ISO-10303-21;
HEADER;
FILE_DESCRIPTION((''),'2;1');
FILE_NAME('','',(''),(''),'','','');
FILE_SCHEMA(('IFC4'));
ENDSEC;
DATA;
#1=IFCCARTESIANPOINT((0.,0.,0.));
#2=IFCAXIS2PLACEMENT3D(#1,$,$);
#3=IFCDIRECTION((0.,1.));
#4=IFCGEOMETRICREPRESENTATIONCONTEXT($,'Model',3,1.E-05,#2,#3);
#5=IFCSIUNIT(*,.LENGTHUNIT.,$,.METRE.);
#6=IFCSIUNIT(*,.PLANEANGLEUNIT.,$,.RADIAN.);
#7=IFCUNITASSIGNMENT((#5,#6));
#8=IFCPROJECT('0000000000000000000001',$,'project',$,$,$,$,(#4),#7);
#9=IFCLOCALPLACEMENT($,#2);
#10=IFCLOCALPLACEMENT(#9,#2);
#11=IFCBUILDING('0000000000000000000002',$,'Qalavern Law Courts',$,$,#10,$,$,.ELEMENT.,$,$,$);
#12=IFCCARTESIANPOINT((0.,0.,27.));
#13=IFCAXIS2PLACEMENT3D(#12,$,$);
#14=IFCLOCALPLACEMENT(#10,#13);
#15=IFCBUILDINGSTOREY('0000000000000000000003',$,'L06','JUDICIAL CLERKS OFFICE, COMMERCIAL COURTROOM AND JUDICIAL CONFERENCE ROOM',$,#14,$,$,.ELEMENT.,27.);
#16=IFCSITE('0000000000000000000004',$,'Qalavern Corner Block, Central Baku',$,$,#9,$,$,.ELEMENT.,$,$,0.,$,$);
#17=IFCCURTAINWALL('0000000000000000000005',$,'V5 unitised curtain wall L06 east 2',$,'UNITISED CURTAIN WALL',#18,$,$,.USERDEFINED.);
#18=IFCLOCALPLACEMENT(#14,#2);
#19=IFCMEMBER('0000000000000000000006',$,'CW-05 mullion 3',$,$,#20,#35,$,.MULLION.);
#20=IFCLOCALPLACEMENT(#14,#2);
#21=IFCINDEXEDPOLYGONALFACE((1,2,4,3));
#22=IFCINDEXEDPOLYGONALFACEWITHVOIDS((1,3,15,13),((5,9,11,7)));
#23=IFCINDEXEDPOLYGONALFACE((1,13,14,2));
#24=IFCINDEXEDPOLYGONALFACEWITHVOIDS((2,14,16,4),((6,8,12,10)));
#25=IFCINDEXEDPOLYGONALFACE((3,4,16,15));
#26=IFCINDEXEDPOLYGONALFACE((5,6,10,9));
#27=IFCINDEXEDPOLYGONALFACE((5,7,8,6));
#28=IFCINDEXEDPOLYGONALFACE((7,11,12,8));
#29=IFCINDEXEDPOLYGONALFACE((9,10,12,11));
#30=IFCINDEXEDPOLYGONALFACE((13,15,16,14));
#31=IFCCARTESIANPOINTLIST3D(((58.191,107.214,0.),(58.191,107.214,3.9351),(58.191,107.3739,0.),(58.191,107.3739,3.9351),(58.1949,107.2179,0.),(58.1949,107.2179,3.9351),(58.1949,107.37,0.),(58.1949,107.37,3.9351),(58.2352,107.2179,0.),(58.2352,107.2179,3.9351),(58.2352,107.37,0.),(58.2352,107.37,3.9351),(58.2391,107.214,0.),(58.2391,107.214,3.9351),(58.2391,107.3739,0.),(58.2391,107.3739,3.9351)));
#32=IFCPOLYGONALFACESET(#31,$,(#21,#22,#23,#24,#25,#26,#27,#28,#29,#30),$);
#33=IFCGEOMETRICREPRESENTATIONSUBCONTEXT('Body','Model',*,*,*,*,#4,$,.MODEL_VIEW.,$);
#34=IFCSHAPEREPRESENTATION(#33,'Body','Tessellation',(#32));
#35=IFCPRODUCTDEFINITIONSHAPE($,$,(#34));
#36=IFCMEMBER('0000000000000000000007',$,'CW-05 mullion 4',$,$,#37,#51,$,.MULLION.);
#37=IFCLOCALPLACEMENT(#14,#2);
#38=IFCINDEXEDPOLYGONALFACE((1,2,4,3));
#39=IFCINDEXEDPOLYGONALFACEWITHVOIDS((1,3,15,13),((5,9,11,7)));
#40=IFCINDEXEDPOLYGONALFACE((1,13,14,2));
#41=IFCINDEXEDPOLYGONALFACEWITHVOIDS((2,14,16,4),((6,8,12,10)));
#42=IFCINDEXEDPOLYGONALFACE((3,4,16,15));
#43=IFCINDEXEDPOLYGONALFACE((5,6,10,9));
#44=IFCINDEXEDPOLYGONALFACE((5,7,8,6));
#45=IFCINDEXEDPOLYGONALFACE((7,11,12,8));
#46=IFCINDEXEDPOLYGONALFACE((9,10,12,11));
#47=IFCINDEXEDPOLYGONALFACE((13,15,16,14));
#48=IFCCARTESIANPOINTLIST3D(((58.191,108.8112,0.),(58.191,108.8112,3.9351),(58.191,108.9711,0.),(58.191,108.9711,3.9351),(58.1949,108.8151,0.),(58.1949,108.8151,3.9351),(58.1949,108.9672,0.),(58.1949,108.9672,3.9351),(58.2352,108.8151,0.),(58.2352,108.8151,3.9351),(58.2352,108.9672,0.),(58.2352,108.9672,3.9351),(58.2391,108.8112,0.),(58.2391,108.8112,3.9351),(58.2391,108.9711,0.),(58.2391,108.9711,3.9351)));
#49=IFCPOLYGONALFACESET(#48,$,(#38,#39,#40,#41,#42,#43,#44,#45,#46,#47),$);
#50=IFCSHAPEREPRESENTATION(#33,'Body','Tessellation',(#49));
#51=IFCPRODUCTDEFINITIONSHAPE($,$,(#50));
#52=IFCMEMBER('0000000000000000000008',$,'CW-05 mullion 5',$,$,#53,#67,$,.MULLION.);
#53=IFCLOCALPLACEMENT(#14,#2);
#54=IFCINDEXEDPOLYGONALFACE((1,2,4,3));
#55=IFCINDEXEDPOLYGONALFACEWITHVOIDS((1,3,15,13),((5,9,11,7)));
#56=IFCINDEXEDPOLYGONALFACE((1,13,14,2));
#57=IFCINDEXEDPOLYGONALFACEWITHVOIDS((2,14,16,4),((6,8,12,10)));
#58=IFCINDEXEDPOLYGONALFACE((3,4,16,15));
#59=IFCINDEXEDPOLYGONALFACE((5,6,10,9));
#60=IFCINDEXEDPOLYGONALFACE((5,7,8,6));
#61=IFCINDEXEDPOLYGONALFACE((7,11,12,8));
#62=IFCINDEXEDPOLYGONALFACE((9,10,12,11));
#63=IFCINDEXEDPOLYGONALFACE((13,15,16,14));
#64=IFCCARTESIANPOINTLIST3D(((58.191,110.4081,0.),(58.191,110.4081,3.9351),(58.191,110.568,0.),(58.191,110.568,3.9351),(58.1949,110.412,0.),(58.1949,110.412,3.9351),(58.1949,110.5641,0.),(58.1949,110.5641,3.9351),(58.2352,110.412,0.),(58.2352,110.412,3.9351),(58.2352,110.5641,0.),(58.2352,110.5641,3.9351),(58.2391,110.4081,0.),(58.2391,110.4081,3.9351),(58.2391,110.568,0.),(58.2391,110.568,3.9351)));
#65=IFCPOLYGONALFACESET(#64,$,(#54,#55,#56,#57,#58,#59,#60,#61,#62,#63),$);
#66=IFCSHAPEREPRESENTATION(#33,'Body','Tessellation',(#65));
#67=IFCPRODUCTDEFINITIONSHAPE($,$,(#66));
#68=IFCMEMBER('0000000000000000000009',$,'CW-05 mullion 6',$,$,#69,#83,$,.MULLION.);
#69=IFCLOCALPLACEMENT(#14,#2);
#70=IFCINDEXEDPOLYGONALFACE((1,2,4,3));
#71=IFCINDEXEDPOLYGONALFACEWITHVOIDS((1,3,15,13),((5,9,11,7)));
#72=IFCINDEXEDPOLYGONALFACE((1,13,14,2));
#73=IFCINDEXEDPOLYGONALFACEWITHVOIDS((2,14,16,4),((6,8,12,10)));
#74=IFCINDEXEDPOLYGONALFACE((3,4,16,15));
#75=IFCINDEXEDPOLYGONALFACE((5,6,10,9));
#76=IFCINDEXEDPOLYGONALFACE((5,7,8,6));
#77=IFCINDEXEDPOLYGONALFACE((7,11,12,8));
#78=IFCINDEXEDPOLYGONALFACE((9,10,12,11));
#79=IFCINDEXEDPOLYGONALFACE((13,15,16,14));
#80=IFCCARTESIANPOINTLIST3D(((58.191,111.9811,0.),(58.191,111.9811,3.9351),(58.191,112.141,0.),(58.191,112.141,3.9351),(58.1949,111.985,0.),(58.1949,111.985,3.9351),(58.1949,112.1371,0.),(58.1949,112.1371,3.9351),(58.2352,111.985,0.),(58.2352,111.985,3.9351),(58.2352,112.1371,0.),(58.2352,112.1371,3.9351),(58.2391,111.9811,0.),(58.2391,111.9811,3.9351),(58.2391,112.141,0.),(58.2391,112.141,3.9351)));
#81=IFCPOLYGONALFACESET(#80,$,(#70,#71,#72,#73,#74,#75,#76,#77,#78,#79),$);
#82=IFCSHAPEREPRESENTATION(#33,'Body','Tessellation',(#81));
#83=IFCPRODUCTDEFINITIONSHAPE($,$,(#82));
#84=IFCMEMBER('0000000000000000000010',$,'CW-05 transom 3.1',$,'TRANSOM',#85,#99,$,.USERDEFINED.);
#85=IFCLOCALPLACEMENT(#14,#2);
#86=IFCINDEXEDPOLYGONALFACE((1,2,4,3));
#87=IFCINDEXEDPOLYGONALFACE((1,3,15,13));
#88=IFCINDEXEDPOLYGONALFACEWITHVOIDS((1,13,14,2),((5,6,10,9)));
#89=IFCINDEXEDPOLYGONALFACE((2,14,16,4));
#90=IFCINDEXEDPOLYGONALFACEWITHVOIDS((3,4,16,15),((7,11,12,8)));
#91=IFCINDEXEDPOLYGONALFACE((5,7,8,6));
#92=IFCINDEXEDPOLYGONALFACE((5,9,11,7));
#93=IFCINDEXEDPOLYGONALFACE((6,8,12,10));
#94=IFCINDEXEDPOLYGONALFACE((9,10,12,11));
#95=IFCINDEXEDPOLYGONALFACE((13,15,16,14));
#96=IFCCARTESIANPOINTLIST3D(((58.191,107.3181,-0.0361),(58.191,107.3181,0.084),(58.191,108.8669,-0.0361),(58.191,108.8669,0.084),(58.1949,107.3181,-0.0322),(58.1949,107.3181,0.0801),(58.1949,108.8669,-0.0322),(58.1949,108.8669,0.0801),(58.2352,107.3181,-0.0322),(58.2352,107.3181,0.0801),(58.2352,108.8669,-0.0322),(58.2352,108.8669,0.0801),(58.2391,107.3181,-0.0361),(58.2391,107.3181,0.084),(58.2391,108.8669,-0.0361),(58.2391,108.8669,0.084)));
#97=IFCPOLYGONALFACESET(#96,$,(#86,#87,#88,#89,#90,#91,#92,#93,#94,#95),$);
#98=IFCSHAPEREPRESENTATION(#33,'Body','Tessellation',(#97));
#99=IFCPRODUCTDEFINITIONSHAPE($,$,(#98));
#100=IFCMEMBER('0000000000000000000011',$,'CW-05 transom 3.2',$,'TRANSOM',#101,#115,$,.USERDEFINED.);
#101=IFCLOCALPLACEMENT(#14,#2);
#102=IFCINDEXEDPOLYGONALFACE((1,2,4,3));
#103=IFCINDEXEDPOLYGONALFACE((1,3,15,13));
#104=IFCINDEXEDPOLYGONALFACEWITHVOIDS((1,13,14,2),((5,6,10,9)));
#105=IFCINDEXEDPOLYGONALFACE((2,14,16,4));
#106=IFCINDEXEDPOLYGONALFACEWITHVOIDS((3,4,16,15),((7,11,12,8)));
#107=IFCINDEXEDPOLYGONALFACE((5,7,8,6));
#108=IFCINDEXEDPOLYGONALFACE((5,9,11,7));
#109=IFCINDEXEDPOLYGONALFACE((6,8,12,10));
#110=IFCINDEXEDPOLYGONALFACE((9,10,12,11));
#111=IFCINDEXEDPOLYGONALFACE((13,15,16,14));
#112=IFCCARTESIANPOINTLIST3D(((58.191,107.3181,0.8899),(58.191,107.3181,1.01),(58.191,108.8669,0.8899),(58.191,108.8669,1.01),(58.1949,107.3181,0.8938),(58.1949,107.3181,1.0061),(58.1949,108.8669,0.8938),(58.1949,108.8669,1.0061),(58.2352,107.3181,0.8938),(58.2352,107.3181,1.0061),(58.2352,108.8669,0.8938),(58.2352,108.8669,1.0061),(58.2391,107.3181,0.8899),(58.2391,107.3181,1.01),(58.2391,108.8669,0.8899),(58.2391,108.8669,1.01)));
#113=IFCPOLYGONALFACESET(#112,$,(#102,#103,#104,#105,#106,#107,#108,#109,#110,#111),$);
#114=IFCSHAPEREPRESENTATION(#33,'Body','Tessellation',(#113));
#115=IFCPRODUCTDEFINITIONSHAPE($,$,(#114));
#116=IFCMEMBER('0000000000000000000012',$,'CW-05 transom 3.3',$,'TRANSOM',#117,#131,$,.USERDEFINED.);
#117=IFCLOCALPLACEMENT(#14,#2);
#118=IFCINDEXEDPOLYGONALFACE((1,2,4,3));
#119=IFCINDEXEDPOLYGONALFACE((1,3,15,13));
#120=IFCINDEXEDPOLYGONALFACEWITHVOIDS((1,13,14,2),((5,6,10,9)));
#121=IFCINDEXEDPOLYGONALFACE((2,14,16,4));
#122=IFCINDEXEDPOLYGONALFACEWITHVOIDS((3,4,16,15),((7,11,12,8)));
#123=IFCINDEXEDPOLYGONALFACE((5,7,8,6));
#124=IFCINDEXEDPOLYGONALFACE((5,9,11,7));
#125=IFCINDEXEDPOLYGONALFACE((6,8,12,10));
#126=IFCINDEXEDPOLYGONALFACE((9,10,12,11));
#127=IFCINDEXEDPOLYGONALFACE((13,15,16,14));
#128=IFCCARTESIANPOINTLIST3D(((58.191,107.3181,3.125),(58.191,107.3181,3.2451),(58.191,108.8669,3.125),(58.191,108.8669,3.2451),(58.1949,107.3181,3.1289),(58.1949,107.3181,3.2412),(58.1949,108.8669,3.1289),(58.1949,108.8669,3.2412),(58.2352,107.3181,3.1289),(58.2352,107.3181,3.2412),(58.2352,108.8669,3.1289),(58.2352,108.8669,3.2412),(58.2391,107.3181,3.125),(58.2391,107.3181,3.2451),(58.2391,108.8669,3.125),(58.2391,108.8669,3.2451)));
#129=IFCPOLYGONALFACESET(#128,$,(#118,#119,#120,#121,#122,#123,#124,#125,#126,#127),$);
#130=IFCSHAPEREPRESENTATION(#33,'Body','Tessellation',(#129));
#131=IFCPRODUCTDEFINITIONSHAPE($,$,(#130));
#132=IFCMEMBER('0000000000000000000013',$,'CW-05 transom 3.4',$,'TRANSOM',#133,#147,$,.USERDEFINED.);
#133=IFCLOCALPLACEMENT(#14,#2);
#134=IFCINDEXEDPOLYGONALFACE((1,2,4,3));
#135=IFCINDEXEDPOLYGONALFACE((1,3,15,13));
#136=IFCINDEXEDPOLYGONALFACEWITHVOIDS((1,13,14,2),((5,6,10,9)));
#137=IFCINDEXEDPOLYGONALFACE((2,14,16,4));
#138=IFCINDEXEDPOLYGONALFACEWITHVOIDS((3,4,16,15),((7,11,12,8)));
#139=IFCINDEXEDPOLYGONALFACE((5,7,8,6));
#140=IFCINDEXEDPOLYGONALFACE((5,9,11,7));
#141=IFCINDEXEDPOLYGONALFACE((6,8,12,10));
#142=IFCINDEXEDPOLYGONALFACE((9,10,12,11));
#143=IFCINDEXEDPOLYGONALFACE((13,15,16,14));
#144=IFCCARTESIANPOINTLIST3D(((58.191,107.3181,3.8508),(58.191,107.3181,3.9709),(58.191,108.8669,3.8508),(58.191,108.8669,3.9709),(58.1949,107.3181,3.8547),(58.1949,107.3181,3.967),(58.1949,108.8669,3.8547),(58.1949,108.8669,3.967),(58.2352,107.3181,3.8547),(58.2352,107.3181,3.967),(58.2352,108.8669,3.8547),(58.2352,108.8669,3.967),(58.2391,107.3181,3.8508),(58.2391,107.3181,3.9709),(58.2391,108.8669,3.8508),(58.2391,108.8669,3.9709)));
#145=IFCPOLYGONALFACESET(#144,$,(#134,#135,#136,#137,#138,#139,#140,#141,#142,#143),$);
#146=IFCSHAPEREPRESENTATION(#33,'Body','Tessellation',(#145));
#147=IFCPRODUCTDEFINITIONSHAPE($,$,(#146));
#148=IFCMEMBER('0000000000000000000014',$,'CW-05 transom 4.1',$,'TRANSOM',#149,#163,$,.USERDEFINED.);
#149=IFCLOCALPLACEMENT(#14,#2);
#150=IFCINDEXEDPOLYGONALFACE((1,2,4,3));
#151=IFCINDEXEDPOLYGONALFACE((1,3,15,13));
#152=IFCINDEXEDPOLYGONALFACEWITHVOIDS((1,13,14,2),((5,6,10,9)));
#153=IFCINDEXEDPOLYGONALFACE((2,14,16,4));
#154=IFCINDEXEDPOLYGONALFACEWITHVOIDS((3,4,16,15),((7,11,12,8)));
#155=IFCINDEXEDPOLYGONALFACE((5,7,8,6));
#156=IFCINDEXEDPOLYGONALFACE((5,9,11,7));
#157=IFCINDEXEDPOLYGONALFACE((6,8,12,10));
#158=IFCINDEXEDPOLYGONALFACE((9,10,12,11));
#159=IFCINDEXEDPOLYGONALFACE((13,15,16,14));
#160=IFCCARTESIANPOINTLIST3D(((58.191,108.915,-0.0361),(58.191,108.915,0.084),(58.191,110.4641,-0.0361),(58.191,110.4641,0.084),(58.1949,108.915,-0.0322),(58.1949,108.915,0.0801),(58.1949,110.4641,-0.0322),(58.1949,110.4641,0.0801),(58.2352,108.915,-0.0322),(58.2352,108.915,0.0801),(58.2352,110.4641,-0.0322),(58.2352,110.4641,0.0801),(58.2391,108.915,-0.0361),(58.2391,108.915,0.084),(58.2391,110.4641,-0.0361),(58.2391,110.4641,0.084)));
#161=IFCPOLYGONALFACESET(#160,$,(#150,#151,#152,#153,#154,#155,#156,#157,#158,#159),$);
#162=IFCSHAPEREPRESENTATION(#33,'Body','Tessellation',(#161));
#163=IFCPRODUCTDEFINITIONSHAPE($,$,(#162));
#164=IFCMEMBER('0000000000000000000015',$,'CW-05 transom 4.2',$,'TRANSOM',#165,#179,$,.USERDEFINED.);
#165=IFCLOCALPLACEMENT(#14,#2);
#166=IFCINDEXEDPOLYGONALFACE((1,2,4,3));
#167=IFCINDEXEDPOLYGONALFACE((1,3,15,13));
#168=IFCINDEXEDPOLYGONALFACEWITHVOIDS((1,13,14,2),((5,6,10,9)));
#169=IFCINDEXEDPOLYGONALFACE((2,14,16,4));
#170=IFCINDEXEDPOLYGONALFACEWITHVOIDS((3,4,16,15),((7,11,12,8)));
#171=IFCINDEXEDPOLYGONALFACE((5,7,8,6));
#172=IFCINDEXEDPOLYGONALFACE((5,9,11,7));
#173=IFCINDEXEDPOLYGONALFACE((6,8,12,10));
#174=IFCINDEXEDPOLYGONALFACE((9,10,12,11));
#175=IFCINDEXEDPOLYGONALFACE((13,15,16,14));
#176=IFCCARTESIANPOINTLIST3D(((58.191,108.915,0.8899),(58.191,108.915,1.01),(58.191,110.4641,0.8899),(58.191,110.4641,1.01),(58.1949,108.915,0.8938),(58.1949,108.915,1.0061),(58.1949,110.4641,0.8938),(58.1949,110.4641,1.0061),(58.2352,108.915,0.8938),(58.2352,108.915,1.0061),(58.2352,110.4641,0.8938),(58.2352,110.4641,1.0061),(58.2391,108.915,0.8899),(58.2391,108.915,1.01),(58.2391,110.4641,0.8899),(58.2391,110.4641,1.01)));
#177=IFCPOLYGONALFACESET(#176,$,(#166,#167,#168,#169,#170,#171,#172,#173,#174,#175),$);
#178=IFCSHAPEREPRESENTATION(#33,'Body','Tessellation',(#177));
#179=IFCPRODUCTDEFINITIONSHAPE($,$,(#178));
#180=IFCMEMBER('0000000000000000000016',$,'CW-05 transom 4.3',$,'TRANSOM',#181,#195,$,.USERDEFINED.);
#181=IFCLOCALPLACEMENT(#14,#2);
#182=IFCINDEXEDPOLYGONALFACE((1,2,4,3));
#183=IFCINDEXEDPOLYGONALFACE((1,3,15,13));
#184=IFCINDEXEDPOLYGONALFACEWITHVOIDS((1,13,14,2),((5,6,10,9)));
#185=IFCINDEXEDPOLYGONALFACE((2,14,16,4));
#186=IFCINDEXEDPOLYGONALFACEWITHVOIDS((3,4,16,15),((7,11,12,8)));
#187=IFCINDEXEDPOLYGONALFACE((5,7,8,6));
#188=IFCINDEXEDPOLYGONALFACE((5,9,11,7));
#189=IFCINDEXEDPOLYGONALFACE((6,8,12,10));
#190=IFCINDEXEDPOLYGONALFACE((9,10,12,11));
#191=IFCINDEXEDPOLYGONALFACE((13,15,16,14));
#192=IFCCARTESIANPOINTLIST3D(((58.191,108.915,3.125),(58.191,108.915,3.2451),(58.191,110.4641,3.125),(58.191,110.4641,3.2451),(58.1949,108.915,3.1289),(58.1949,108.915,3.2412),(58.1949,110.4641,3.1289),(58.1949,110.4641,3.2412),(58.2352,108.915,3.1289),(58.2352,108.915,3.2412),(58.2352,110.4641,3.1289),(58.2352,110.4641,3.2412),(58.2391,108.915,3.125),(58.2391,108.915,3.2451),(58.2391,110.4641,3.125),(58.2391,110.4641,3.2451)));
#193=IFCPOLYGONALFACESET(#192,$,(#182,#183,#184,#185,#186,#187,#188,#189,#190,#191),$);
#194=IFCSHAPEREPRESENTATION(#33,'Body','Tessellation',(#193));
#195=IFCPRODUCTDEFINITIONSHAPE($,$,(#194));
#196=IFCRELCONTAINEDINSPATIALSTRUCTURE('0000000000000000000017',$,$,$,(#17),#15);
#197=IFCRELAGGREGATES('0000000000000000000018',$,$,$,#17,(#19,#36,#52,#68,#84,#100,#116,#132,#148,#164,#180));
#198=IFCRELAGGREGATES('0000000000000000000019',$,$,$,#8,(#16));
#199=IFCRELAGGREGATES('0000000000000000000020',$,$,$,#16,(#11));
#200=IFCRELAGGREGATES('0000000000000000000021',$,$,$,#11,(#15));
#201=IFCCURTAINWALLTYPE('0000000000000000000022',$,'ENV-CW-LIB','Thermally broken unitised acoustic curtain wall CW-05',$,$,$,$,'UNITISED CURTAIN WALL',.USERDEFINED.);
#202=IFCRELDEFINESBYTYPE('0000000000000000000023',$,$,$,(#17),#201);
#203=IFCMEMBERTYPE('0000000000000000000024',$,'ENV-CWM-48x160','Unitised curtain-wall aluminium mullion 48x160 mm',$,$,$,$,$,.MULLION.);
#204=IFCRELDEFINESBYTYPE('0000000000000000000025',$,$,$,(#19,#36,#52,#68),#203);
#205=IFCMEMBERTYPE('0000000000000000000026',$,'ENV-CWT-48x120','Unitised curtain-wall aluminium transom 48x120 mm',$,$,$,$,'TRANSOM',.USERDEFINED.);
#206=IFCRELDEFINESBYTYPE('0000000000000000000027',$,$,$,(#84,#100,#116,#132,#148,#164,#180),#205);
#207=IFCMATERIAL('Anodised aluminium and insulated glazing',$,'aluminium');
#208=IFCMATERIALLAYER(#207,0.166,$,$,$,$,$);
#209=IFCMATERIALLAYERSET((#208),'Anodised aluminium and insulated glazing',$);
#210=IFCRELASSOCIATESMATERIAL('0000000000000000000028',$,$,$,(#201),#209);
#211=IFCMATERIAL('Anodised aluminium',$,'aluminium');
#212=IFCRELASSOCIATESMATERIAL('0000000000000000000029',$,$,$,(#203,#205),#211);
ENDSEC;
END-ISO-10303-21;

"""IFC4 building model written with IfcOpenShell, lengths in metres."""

from ifc_helpers import new_model, si_unit, direction, frame, origin, origin_2d, place, context, subcontext, project, spatial, hollow_rectangle, extrude, material, layer, layer_set, material_profile, profile_set, type_object, element, aggregate, save


model = new_model("IFC4")

# Units and contexts
model_context = context("Model", 3, precision=1e-05, world=origin(), true_north=direction((0.0, 1.0)))
body_context = subcontext(model_context, "Body", "Model", "MODEL_VIEW")
ifc_project = project(units=[si_unit("LENGTHUNIT", "METRE"), si_unit("PLANEANGLEUNIT", "RADIAN")], contexts=[model_context])

# Site, building, storey
site_placement = place(None, origin())
site = spatial("IfcSite", under=ifc_project, at=site_placement, Name="Qalavern Corner Block, Central Baku", CompositionType="ELEMENT", RefElevation=0.0)
building_placement = place(site_placement, origin())
building = spatial("IfcBuilding", under=site, at=building_placement, Name="Qalavern Law Courts", CompositionType="ELEMENT")
storey_placement = place(building_placement, frame((0.0, 0.0, 27.0)))
storey = spatial("IfcBuildingStorey", under=building, at=storey_placement, Name="L06", Description="JUDICIAL CLERKS OFFICE, COMMERCIAL COURTROOM AND JUDICIAL CONFERENCE ROOM", CompositionType="ELEMENT", Elevation=27.0)

# Curtain wall, members
ifc_material_1 = material(Name="Anodised aluminium and insulated glazing", Category="aluminium")
ifc_layer_1 = layer(ifc_material_1, 0.166)
ifc_layer_set_1 = layer_set([ifc_layer_1], Name="Anodised aluminium and insulated glazing")
curtain_wall_type = type_object("IfcCurtainWallType", Name="ENV-CW-LIB", Description="Thermally broken unitised acoustic curtain wall CW-05", ElementType="UNITISED CURTAIN WALL", PredefinedType="USERDEFINED", material=ifc_layer_set_1)
curtain_wall_placement = place(storey_placement, origin())
curtain_wall = element("IfcCurtainWall", 1, at=curtain_wall_placement, inside=storey, type_object=curtain_wall_type, Name="V5 unitised curtain wall L06 east 2", ObjectType="UNITISED CURTAIN WALL", PredefinedType="USERDEFINED")
ifc_material_2 = material(Name="Anodised aluminium", Category="aluminium")
ifc_material_profile_1 = material_profile(ifc_material_2, hollow_rectangle(XDim=0.0481, YDim=0.1599, WallThickness=0.0039, at=origin_2d()), Name="ALU MULLION 48x160")
ifc_profile_set_1 = profile_set([ifc_material_profile_1], Name="Anodised aluminium")
member_type_1 = type_object("IfcMemberType", Name="ENV-CWM-48x160", Description="Unitised curtain-wall aluminium mullion 48x160 mm", PredefinedType="MULLION", material=ifc_profile_set_1)
member_1_placement = place(storey_placement, frame((58.2151, 107.2939, 0.0), z_axis=(0.0, 0.0, 1.0), x_axis=(-1.0, 0.0, 0.0)))
member_1 = element("IfcMember", 2, at=member_1_placement, type_object=member_type_1, Name="CW-05 mullion 3", PredefinedType="MULLION", context=body_context, shape_type="SweptSolid", body=[
    extrude(hollow_rectangle(XDim=0.0481, YDim=0.1599, WallThickness=0.0039, at=origin_2d()), origin(), (0.0, 0.0, 1.0), 3.9351),
])
member_2_placement = place(storey_placement, frame((58.2151, 108.8911, 0.0), z_axis=(0.0, 0.0, 1.0), x_axis=(-1.0, 0.0, 0.0)))
member_2 = element("IfcMember", 3, at=member_2_placement, type_object=member_type_1, Name="CW-05 mullion 4", PredefinedType="MULLION", context=body_context, shape_type="SweptSolid", body=[
    extrude(hollow_rectangle(XDim=0.0481, YDim=0.1599, WallThickness=0.0039, at=origin_2d()), origin(), (0.0, 0.0, 1.0), 3.9351),
])
member_3_placement = place(storey_placement, frame((58.2151, 110.488, 0.0), z_axis=(0.0, 0.0, 1.0), x_axis=(-1.0, 0.0, 0.0)))
member_3 = element("IfcMember", 4, at=member_3_placement, type_object=member_type_1, Name="CW-05 mullion 5", PredefinedType="MULLION", context=body_context, shape_type="SweptSolid", body=[
    extrude(hollow_rectangle(XDim=0.0481, YDim=0.1599, WallThickness=0.0039, at=origin_2d()), origin(), (0.0, 0.0, 1.0), 3.9351),
])
member_4_placement = place(storey_placement, frame((58.2151, 112.061, 0.0), z_axis=(0.0, 0.0, 1.0), x_axis=(-1.0, 0.0, 0.0)))
member_4 = element("IfcMember", 5, at=member_4_placement, type_object=member_type_1, Name="CW-05 mullion 6", PredefinedType="MULLION", context=body_context, shape_type="SweptSolid", body=[
    extrude(hollow_rectangle(XDim=0.0481, YDim=0.1599, WallThickness=0.0039, at=origin_2d()), origin(), (0.0, 0.0, 1.0), 3.9351),
])
ifc_material_profile_2 = material_profile(ifc_material_2, hollow_rectangle(XDim=0.0481, YDim=0.1201, WallThickness=0.0039, at=origin_2d()), Name="ALU TRANSOM 48x120")
ifc_profile_set_2 = profile_set([ifc_material_profile_2], Name="Anodised aluminium")
member_type_2 = type_object("IfcMemberType", Name="ENV-CWT-48x120", Description="Unitised curtain-wall aluminium transom 48x120 mm", ElementType="TRANSOM", PredefinedType="USERDEFINED", material=ifc_profile_set_2)
member_5_placement = place(storey_placement, frame((58.2151, 107.3181, 0.0239), z_axis=(0.0, 1.0, 0.0), x_axis=(-1.0, 0.0, 0.0)))
member_5 = element("IfcMember", 6, at=member_5_placement, type_object=member_type_2, Name="CW-05 transom 3.1", ObjectType="TRANSOM", PredefinedType="USERDEFINED", context=body_context, shape_type="SweptSolid", body=[
    extrude(hollow_rectangle(XDim=0.0481, YDim=0.1201, WallThickness=0.0039, at=origin_2d()), origin(), (0.0, 0.0, 1.0), 1.5488),
])
member_6_placement = place(storey_placement, frame((58.2151, 107.3181, 0.95), z_axis=(0.0, 1.0, 0.0), x_axis=(-1.0, 0.0, 0.0)))
member_6 = element("IfcMember", 7, at=member_6_placement, type_object=member_type_2, Name="CW-05 transom 3.2", ObjectType="TRANSOM", PredefinedType="USERDEFINED", context=body_context, shape_type="SweptSolid", body=[
    extrude(hollow_rectangle(XDim=0.0481, YDim=0.1201, WallThickness=0.0039, at=origin_2d()), origin(), (0.0, 0.0, 1.0), 1.5488),
])
member_7_placement = place(storey_placement, frame((58.2151, 107.3181, 3.1851), z_axis=(0.0, 1.0, 0.0), x_axis=(-1.0, 0.0, 0.0)))
member_7 = element("IfcMember", 8, at=member_7_placement, type_object=member_type_2, Name="CW-05 transom 3.3", ObjectType="TRANSOM", PredefinedType="USERDEFINED", context=body_context, shape_type="SweptSolid", body=[
    extrude(hollow_rectangle(XDim=0.0481, YDim=0.1201, WallThickness=0.0039, at=origin_2d()), origin(), (0.0, 0.0, 1.0), 1.5488),
])
member_8_placement = place(storey_placement, frame((58.2151, 107.3181, 3.9109), z_axis=(0.0, 1.0, 0.0), x_axis=(-1.0, 0.0, 0.0)))
member_8 = element("IfcMember", 9, at=member_8_placement, type_object=member_type_2, Name="CW-05 transom 3.4", ObjectType="TRANSOM", PredefinedType="USERDEFINED", context=body_context, shape_type="SweptSolid", body=[
    extrude(hollow_rectangle(XDim=0.0481, YDim=0.1201, WallThickness=0.0039, at=origin_2d()), origin(), (0.0, 0.0, 1.0), 1.5488),
])
member_9_placement = place(storey_placement, frame((58.2151, 108.915, 0.0239), z_axis=(0.0, 1.0, 0.0), x_axis=(-1.0, 0.0, 0.0)))
member_9 = element("IfcMember", 10, at=member_9_placement, type_object=member_type_2, Name="CW-05 transom 4.1", ObjectType="TRANSOM", PredefinedType="USERDEFINED", context=body_context, shape_type="SweptSolid", body=[
    extrude(hollow_rectangle(XDim=0.0481, YDim=0.1201, WallThickness=0.0039, at=origin_2d()), origin(), (0.0, 0.0, 1.0), 1.5491),
])
member_10_placement = place(storey_placement, frame((58.2151, 108.915, 0.95), z_axis=(0.0, 1.0, 0.0), x_axis=(-1.0, 0.0, 0.0)))
member_10 = element("IfcMember", 11, at=member_10_placement, type_object=member_type_2, Name="CW-05 transom 4.2", ObjectType="TRANSOM", PredefinedType="USERDEFINED", context=body_context, shape_type="SweptSolid", body=[
    extrude(hollow_rectangle(XDim=0.0481, YDim=0.1201, WallThickness=0.0039, at=origin_2d()), origin(), (0.0, 0.0, 1.0), 1.5491),
])
member_11_placement = place(storey_placement, frame((58.2151, 108.915, 3.1851), z_axis=(0.0, 1.0, 0.0), x_axis=(-1.0, 0.0, 0.0)))
member_11 = element("IfcMember", 12, at=member_11_placement, type_object=member_type_2, Name="CW-05 transom 4.3", ObjectType="TRANSOM", PredefinedType="USERDEFINED", context=body_context, shape_type="SweptSolid", body=[
    extrude(hollow_rectangle(XDim=0.0481, YDim=0.1201, WallThickness=0.0039, at=origin_2d()), origin(), (0.0, 0.0, 1.0), 1.5491),
])

aggregate(curtain_wall, [member_1, member_2, member_3, member_4, member_5, member_6, member_7, member_8, member_9, member_10, member_11])

save(model, "model.ifc")
